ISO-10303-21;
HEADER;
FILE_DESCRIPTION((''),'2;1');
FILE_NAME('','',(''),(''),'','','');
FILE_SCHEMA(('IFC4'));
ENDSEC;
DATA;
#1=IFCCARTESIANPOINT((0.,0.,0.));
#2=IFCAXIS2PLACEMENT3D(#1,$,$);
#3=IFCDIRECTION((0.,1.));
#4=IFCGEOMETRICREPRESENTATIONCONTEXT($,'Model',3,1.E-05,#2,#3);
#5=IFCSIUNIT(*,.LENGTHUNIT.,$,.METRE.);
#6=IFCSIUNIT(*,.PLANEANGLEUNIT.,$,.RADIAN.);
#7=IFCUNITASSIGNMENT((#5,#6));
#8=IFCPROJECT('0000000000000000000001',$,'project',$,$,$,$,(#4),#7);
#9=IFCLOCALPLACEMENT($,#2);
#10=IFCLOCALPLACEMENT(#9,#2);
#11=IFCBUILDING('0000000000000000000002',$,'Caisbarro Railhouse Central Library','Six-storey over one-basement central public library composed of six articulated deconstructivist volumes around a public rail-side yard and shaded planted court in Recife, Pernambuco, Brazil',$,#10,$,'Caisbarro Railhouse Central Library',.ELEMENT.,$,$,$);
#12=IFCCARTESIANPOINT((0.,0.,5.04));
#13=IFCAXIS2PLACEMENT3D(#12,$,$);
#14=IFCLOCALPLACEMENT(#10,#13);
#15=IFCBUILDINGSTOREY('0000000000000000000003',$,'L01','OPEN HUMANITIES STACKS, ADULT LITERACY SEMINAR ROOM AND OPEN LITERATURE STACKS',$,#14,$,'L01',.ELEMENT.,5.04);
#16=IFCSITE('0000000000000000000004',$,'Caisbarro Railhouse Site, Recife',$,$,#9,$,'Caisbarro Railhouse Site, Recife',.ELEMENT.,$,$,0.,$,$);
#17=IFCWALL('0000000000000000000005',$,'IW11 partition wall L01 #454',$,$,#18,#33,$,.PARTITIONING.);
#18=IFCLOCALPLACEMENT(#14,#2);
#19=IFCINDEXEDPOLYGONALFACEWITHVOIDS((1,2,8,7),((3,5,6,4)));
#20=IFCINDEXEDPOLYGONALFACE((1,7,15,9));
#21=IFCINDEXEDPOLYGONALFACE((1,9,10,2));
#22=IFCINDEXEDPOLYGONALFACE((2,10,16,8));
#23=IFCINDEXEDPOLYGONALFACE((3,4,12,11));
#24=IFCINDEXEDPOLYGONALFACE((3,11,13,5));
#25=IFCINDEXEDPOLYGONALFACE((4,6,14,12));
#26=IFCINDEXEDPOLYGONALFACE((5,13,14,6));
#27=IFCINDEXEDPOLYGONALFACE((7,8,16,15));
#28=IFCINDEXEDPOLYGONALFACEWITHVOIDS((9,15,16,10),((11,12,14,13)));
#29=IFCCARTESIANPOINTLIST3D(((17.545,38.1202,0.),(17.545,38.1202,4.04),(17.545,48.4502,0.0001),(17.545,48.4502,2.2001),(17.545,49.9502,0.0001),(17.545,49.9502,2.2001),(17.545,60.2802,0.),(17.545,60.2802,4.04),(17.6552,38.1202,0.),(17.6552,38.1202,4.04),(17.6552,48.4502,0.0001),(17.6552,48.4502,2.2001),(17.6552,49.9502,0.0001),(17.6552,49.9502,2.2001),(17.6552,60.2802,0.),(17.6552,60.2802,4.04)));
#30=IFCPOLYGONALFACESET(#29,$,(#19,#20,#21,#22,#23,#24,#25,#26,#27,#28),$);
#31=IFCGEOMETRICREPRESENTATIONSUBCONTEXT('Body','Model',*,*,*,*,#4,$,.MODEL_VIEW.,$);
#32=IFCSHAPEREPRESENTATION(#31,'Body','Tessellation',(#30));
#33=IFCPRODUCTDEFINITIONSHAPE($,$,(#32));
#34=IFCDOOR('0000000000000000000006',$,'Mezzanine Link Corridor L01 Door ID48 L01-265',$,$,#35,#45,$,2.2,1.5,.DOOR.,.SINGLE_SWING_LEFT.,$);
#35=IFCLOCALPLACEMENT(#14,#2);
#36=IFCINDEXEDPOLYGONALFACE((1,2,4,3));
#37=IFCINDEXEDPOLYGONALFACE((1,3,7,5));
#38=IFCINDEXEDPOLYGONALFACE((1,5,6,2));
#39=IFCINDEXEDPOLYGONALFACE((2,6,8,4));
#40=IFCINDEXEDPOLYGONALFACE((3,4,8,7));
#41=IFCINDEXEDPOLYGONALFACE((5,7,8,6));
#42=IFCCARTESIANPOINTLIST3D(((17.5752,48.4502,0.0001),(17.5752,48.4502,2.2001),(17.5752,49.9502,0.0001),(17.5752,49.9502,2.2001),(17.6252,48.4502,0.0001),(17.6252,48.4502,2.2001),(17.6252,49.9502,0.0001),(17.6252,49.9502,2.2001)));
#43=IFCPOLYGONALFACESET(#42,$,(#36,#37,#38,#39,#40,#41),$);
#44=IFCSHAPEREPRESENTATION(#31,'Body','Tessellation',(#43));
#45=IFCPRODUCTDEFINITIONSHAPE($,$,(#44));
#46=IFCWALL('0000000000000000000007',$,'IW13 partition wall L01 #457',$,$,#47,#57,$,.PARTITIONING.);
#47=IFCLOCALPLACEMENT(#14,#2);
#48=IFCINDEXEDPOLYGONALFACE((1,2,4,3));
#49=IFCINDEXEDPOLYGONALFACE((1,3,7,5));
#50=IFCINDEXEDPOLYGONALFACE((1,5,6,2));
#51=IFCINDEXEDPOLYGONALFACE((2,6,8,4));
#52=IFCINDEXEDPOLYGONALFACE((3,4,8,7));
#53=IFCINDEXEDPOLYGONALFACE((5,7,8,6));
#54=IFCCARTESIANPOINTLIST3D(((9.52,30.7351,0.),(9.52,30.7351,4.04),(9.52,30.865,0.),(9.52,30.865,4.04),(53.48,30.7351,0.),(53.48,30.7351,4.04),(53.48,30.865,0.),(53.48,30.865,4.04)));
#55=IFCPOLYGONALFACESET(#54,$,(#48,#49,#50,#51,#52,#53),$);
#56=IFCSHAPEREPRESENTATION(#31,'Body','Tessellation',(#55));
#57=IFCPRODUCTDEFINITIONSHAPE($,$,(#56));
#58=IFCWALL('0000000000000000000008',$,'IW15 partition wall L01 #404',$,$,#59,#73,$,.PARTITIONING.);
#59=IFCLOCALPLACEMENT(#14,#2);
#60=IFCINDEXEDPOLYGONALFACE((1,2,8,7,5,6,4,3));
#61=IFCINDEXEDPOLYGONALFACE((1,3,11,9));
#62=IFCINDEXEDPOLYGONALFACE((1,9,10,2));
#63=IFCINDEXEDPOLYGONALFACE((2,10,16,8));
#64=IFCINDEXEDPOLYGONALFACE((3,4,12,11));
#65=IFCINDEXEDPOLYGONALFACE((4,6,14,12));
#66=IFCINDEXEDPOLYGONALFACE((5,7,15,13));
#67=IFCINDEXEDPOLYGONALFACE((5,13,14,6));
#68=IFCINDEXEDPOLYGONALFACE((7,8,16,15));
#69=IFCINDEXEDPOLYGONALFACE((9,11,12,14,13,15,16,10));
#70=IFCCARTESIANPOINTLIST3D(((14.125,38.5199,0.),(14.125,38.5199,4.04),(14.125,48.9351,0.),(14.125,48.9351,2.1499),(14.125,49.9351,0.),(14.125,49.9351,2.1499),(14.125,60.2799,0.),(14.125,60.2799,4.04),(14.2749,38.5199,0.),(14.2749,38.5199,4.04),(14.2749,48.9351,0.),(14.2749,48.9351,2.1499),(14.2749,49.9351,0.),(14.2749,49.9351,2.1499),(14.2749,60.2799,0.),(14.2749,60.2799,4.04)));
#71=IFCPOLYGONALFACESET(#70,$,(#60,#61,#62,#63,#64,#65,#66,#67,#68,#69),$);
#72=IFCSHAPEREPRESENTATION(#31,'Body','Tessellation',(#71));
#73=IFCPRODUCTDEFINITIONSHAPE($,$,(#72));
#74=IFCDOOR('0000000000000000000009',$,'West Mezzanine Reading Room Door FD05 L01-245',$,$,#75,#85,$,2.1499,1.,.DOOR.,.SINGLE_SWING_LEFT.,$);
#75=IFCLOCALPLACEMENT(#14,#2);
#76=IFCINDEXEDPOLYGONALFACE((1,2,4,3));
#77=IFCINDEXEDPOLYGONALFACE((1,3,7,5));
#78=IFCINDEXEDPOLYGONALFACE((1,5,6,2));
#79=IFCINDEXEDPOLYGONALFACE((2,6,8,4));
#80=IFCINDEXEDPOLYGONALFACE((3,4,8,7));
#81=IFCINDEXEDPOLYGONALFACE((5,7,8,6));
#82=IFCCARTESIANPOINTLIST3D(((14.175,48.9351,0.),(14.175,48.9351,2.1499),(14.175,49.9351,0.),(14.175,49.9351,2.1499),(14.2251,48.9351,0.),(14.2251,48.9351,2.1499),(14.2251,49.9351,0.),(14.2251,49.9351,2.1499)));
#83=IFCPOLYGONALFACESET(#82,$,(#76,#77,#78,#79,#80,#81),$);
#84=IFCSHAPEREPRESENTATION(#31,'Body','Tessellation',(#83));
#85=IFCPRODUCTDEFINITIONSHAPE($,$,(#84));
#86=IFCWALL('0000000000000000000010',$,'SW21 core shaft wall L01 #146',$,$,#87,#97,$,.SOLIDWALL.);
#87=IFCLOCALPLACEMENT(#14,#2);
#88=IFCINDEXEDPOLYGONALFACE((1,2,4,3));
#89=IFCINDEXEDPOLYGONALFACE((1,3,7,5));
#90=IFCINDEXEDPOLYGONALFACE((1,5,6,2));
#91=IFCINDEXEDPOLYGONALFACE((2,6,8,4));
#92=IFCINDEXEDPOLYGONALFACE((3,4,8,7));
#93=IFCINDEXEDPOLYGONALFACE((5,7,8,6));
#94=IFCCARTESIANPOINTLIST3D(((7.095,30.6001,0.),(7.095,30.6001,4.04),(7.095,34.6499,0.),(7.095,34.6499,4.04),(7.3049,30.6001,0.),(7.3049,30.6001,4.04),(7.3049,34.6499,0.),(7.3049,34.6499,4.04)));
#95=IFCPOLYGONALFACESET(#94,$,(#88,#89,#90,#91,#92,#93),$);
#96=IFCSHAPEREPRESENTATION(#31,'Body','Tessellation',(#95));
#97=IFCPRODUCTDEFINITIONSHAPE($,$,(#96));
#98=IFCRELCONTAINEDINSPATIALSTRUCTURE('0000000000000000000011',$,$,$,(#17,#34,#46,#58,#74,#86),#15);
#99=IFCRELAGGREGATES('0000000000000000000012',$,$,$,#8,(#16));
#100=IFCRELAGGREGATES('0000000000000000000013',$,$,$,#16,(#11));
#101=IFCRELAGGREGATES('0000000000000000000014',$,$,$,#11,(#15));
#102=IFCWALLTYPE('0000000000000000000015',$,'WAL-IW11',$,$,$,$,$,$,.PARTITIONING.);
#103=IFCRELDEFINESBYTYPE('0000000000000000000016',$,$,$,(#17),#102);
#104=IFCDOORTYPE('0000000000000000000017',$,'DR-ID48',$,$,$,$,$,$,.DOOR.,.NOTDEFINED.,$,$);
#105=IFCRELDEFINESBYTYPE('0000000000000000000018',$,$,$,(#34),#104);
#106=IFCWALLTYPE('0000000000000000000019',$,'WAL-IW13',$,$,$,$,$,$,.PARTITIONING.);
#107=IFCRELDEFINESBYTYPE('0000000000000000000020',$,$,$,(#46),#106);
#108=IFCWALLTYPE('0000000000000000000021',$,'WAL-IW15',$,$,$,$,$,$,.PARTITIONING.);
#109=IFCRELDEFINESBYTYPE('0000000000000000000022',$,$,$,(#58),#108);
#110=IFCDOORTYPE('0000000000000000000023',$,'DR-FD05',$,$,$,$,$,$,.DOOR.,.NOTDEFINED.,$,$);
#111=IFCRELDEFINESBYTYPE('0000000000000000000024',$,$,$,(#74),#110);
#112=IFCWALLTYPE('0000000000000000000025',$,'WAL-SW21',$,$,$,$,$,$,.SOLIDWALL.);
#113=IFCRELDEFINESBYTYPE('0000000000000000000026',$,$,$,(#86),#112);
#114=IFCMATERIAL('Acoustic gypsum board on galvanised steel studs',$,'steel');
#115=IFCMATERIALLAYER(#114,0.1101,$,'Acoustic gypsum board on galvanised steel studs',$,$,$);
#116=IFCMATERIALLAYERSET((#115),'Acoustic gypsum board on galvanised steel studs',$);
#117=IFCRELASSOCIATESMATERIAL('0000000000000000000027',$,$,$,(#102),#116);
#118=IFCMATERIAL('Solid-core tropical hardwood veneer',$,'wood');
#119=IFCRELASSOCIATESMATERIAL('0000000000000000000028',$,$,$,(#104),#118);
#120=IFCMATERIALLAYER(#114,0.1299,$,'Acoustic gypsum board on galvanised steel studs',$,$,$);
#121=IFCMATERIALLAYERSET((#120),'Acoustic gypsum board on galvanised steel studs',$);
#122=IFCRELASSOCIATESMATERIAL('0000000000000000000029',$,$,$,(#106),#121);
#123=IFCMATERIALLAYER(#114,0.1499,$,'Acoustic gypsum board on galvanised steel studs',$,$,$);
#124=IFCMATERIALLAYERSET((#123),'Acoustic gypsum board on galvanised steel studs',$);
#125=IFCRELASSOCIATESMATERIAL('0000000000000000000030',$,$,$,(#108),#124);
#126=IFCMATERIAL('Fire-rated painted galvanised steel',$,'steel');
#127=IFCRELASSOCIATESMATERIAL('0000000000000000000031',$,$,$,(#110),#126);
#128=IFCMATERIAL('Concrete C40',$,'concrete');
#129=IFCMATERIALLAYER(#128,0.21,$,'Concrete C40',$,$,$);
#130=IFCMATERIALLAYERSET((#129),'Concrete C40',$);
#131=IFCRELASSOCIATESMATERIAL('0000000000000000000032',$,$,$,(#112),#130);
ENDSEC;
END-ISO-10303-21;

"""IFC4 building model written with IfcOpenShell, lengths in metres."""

from ifc_helpers import new_model, si_unit, direction, frame, frame_2d, origin, place, context, subcontext, project, spatial, rectangle, extrude, material, layer, layer_set, type_object, element, fill, save


model = new_model("IFC4")

# Units and contexts
model_context = context("Model", 3, precision=1e-05, world=origin(), true_north=direction((0.0, 1.0)))
body_context = subcontext(model_context, "Body", "Model", "MODEL_VIEW")
ifc_project = project(units=[si_unit("LENGTHUNIT", "METRE"), si_unit("PLANEANGLEUNIT", "RADIAN")], contexts=[model_context])

# Site, building, storey
site_placement = place(None, origin())
site = spatial("IfcSite", under=ifc_project, at=site_placement, Name="Caisbarro Railhouse Site, Recife", LongName="Caisbarro Railhouse Site, Recife", CompositionType="ELEMENT", RefElevation=0.0)
building_placement = place(site_placement, origin())
building = spatial("IfcBuilding", under=site, at=building_placement, Name="Caisbarro Railhouse Central Library", Description="Six-storey over one-basement central public library composed of six articulated deconstructivist volumes around a public rail-side yard and shaded planted court in Recife, Pernambuco, Brazil", LongName="Caisbarro Railhouse Central Library", CompositionType="ELEMENT")
storey_placement = place(building_placement, frame((0.0, 0.0, 5.04)))
storey = spatial("IfcBuildingStorey", under=building, at=storey_placement, Name="L01", Description="OPEN HUMANITIES STACKS, ADULT LITERACY SEMINAR ROOM AND OPEN LITERATURE STACKS", LongName="L01", CompositionType="ELEMENT", Elevation=5.04)

# Shared definitions
ifc_material_1 = material(Name="Concrete C40", Category="concrete")

# Wall, opening, door
ifc_material_2 = material(Name="Acoustic gypsum board on galvanised steel studs", Category="steel")
ifc_material_3 = material(Name="Solid-core tropical hardwood veneer", Category="wood")
ifc_layer_1 = layer(ifc_material_2, 0.1101, Name="Acoustic gypsum board on galvanised steel studs")
ifc_layer_set_1 = layer_set([ifc_layer_1], Name="Acoustic gypsum board on galvanised steel studs")
wall_type_1 = type_object("IfcWallType", Name="WAL-IW11", PredefinedType="PARTITIONING", material=ifc_layer_set_1)
wall_1_placement = place(storey_placement, frame((17.6001, 38.1201, 0.0), z_axis=(0.0, 0.0, 1.0), x_axis=(0.0, 1.0, 0.0)))
wall_1 = element("IfcWall", 1, at=wall_1_placement, inside=storey, type_object=wall_type_1, Name="IW11 partition wall L01 #454", PredefinedType="PARTITIONING", context=body_context, shape_type="SweptSolid", body=[
    extrude(rectangle(XDim=22.1599, YDim=0.1101, at=frame_2d((11.0801, 0.0))), origin(), (0.0, 0.0, 1.0), 4.04),
])
opening_1_placement = place(wall_1_placement, frame((10.3301, 0.0, 0.0)))
opening_1 = element("IfcOpeningElement", 2, at=opening_1_placement, cuts=wall_1, PredefinedType="OPENING", context=body_context, shape_type="SweptSolid", body=[
    extrude(rectangle(XDim=1.5, YDim=2.2, at=frame_2d((0.75, 1.1001))), frame((0.0, 0.0649, 0.0), z_axis=(0.0, -1.0, 0.0), x_axis=(1.0, 0.0, 0.0)), (0.0, 0.0, 1.0), 0.1301),
])
door_type_1 = type_object("IfcDoorType", Name="DR-ID48", OperationType="NOTDEFINED", PredefinedType="DOOR", material=ifc_material_3)
door_1_placement = place(opening_1_placement, origin())
door_1 = element("IfcDoor", 3, at=door_1_placement, inside=storey, type_object=door_type_1, Name="Mezzanine Link Corridor L01 Door ID48 L01-265", OperationType="SINGLE_SWING_LEFT", OverallHeight=2.2, OverallWidth=1.5, PredefinedType="DOOR", context=body_context, shape_type="SweptSolid", body=[
    extrude(rectangle(XDim=1.5, YDim=2.2, at=frame_2d((0.75, 1.1001))), frame((0.0, 0.0249, 0.0), z_axis=(0.0, -1.0, 0.0), x_axis=(1.0, 0.0, 0.0)), (0.0, 0.0, 1.0), 0.05),
])
fill(opening_1, door_1)

# Wall
ifc_layer_2 = layer(ifc_material_2, 0.1299, Name="Acoustic gypsum board on galvanised steel studs")
ifc_layer_set_2 = layer_set([ifc_layer_2], Name="Acoustic gypsum board on galvanised steel studs")
wall_type_2 = type_object("IfcWallType", Name="WAL-IW13", PredefinedType="PARTITIONING", material=ifc_layer_set_2)
wall_2_placement = place(storey_placement, frame((9.52, 30.8, 0.0), z_axis=(0.0, 0.0, 1.0), x_axis=(1.0, 0.0, 0.0)))
element("IfcWall", 4, at=wall_2_placement, inside=storey, type_object=wall_type_2, Name="IW13 partition wall L01 #457", PredefinedType="PARTITIONING", context=body_context, shape_type="SweptSolid", body=[
    extrude(rectangle(XDim=43.96, YDim=0.1299, at=frame_2d((21.98, 0.0))), origin(), (0.0, 0.0, 1.0), 4.04),
])

# Wall, opening, door
ifc_layer_3 = layer(ifc_material_2, 0.1499, Name="Acoustic gypsum board on galvanised steel studs")
ifc_layer_set_3 = layer_set([ifc_layer_3], Name="Acoustic gypsum board on galvanised steel studs")
wall_type_3 = type_object("IfcWallType", Name="WAL-IW15", PredefinedType="PARTITIONING", material=ifc_layer_set_3)
wall_3_placement = place(storey_placement, frame((14.2, 38.52, 0.0), z_axis=(0.0, 0.0, 1.0), x_axis=(0.0, 1.0, 0.0)))
wall_3 = element("IfcWall", 5, at=wall_3_placement, inside=storey, type_object=wall_type_3, Name="IW15 partition wall L01 #404", PredefinedType="PARTITIONING", context=body_context, shape_type="SweptSolid", body=[
    extrude(rectangle(XDim=21.76, YDim=0.1499, at=frame_2d((10.8799, 0.0))), origin(), (0.0, 0.0, 1.0), 4.04),
])
opening_2_placement = place(wall_3_placement, frame((10.415, 0.0, 0.0)))
opening_2 = element("IfcOpeningElement", 6, at=opening_2_placement, cuts=wall_3, PredefinedType="OPENING", context=body_context, shape_type="SweptSolid", body=[
    extrude(rectangle(XDim=1.0, YDim=2.1499, at=frame_2d((0.5, 1.075))), frame((0.0, 0.085, 0.0), z_axis=(0.0, -1.0, 0.0), x_axis=(1.0, 0.0, 0.0)), (0.0, 0.0, 1.0), 0.1699),
])
ifc_material_4 = material(Name="Fire-rated painted galvanised steel", Category="steel")
door_type_2 = type_object("IfcDoorType", Name="DR-FD05", OperationType="NOTDEFINED", PredefinedType="DOOR", material=ifc_material_4)
door_2_placement = place(opening_2_placement, origin())
door_2 = element("IfcDoor", 7, at=door_2_placement, inside=storey, type_object=door_type_2, Name="West Mezzanine Reading Room Door FD05 L01-245", OperationType="SINGLE_SWING_LEFT", OverallHeight=2.1499, OverallWidth=1.0, PredefinedType="DOOR", context=body_context, shape_type="SweptSolid", body=[
    extrude(rectangle(XDim=1.0, YDim=2.1499, at=frame_2d((0.5, 1.075))), frame((0.0, 0.0249, 0.0), z_axis=(0.0, -1.0, 0.0), x_axis=(1.0, 0.0, 0.0)), (0.0, 0.0, 1.0), 0.05),
])
fill(opening_2, door_2)

# Wall
ifc_layer_4 = layer(ifc_material_1, 0.21, Name="Concrete C40")
ifc_layer_set_4 = layer_set([ifc_layer_4], Name="Concrete C40")
wall_type_4 = type_object("IfcWallType", Name="WAL-SW21", PredefinedType="SOLIDWALL", material=ifc_layer_set_4)
wall_4_placement = place(storey_placement, frame((7.2, 30.6001, 0.0), z_axis=(0.0, 0.0, 1.0), x_axis=(0.0, 1.0, 0.0)))
element("IfcWall", 8, at=wall_4_placement, inside=storey, type_object=wall_type_4, Name="SW21 core shaft wall L01 #146", PredefinedType="SOLIDWALL", context=body_context, shape_type="SweptSolid", body=[
    extrude(rectangle(XDim=4.0498, YDim=0.21, at=frame_2d((2.0249, 0.0))), origin(), (0.0, 0.0, 1.0), 4.04),
])

save(model, "model.ifc")
